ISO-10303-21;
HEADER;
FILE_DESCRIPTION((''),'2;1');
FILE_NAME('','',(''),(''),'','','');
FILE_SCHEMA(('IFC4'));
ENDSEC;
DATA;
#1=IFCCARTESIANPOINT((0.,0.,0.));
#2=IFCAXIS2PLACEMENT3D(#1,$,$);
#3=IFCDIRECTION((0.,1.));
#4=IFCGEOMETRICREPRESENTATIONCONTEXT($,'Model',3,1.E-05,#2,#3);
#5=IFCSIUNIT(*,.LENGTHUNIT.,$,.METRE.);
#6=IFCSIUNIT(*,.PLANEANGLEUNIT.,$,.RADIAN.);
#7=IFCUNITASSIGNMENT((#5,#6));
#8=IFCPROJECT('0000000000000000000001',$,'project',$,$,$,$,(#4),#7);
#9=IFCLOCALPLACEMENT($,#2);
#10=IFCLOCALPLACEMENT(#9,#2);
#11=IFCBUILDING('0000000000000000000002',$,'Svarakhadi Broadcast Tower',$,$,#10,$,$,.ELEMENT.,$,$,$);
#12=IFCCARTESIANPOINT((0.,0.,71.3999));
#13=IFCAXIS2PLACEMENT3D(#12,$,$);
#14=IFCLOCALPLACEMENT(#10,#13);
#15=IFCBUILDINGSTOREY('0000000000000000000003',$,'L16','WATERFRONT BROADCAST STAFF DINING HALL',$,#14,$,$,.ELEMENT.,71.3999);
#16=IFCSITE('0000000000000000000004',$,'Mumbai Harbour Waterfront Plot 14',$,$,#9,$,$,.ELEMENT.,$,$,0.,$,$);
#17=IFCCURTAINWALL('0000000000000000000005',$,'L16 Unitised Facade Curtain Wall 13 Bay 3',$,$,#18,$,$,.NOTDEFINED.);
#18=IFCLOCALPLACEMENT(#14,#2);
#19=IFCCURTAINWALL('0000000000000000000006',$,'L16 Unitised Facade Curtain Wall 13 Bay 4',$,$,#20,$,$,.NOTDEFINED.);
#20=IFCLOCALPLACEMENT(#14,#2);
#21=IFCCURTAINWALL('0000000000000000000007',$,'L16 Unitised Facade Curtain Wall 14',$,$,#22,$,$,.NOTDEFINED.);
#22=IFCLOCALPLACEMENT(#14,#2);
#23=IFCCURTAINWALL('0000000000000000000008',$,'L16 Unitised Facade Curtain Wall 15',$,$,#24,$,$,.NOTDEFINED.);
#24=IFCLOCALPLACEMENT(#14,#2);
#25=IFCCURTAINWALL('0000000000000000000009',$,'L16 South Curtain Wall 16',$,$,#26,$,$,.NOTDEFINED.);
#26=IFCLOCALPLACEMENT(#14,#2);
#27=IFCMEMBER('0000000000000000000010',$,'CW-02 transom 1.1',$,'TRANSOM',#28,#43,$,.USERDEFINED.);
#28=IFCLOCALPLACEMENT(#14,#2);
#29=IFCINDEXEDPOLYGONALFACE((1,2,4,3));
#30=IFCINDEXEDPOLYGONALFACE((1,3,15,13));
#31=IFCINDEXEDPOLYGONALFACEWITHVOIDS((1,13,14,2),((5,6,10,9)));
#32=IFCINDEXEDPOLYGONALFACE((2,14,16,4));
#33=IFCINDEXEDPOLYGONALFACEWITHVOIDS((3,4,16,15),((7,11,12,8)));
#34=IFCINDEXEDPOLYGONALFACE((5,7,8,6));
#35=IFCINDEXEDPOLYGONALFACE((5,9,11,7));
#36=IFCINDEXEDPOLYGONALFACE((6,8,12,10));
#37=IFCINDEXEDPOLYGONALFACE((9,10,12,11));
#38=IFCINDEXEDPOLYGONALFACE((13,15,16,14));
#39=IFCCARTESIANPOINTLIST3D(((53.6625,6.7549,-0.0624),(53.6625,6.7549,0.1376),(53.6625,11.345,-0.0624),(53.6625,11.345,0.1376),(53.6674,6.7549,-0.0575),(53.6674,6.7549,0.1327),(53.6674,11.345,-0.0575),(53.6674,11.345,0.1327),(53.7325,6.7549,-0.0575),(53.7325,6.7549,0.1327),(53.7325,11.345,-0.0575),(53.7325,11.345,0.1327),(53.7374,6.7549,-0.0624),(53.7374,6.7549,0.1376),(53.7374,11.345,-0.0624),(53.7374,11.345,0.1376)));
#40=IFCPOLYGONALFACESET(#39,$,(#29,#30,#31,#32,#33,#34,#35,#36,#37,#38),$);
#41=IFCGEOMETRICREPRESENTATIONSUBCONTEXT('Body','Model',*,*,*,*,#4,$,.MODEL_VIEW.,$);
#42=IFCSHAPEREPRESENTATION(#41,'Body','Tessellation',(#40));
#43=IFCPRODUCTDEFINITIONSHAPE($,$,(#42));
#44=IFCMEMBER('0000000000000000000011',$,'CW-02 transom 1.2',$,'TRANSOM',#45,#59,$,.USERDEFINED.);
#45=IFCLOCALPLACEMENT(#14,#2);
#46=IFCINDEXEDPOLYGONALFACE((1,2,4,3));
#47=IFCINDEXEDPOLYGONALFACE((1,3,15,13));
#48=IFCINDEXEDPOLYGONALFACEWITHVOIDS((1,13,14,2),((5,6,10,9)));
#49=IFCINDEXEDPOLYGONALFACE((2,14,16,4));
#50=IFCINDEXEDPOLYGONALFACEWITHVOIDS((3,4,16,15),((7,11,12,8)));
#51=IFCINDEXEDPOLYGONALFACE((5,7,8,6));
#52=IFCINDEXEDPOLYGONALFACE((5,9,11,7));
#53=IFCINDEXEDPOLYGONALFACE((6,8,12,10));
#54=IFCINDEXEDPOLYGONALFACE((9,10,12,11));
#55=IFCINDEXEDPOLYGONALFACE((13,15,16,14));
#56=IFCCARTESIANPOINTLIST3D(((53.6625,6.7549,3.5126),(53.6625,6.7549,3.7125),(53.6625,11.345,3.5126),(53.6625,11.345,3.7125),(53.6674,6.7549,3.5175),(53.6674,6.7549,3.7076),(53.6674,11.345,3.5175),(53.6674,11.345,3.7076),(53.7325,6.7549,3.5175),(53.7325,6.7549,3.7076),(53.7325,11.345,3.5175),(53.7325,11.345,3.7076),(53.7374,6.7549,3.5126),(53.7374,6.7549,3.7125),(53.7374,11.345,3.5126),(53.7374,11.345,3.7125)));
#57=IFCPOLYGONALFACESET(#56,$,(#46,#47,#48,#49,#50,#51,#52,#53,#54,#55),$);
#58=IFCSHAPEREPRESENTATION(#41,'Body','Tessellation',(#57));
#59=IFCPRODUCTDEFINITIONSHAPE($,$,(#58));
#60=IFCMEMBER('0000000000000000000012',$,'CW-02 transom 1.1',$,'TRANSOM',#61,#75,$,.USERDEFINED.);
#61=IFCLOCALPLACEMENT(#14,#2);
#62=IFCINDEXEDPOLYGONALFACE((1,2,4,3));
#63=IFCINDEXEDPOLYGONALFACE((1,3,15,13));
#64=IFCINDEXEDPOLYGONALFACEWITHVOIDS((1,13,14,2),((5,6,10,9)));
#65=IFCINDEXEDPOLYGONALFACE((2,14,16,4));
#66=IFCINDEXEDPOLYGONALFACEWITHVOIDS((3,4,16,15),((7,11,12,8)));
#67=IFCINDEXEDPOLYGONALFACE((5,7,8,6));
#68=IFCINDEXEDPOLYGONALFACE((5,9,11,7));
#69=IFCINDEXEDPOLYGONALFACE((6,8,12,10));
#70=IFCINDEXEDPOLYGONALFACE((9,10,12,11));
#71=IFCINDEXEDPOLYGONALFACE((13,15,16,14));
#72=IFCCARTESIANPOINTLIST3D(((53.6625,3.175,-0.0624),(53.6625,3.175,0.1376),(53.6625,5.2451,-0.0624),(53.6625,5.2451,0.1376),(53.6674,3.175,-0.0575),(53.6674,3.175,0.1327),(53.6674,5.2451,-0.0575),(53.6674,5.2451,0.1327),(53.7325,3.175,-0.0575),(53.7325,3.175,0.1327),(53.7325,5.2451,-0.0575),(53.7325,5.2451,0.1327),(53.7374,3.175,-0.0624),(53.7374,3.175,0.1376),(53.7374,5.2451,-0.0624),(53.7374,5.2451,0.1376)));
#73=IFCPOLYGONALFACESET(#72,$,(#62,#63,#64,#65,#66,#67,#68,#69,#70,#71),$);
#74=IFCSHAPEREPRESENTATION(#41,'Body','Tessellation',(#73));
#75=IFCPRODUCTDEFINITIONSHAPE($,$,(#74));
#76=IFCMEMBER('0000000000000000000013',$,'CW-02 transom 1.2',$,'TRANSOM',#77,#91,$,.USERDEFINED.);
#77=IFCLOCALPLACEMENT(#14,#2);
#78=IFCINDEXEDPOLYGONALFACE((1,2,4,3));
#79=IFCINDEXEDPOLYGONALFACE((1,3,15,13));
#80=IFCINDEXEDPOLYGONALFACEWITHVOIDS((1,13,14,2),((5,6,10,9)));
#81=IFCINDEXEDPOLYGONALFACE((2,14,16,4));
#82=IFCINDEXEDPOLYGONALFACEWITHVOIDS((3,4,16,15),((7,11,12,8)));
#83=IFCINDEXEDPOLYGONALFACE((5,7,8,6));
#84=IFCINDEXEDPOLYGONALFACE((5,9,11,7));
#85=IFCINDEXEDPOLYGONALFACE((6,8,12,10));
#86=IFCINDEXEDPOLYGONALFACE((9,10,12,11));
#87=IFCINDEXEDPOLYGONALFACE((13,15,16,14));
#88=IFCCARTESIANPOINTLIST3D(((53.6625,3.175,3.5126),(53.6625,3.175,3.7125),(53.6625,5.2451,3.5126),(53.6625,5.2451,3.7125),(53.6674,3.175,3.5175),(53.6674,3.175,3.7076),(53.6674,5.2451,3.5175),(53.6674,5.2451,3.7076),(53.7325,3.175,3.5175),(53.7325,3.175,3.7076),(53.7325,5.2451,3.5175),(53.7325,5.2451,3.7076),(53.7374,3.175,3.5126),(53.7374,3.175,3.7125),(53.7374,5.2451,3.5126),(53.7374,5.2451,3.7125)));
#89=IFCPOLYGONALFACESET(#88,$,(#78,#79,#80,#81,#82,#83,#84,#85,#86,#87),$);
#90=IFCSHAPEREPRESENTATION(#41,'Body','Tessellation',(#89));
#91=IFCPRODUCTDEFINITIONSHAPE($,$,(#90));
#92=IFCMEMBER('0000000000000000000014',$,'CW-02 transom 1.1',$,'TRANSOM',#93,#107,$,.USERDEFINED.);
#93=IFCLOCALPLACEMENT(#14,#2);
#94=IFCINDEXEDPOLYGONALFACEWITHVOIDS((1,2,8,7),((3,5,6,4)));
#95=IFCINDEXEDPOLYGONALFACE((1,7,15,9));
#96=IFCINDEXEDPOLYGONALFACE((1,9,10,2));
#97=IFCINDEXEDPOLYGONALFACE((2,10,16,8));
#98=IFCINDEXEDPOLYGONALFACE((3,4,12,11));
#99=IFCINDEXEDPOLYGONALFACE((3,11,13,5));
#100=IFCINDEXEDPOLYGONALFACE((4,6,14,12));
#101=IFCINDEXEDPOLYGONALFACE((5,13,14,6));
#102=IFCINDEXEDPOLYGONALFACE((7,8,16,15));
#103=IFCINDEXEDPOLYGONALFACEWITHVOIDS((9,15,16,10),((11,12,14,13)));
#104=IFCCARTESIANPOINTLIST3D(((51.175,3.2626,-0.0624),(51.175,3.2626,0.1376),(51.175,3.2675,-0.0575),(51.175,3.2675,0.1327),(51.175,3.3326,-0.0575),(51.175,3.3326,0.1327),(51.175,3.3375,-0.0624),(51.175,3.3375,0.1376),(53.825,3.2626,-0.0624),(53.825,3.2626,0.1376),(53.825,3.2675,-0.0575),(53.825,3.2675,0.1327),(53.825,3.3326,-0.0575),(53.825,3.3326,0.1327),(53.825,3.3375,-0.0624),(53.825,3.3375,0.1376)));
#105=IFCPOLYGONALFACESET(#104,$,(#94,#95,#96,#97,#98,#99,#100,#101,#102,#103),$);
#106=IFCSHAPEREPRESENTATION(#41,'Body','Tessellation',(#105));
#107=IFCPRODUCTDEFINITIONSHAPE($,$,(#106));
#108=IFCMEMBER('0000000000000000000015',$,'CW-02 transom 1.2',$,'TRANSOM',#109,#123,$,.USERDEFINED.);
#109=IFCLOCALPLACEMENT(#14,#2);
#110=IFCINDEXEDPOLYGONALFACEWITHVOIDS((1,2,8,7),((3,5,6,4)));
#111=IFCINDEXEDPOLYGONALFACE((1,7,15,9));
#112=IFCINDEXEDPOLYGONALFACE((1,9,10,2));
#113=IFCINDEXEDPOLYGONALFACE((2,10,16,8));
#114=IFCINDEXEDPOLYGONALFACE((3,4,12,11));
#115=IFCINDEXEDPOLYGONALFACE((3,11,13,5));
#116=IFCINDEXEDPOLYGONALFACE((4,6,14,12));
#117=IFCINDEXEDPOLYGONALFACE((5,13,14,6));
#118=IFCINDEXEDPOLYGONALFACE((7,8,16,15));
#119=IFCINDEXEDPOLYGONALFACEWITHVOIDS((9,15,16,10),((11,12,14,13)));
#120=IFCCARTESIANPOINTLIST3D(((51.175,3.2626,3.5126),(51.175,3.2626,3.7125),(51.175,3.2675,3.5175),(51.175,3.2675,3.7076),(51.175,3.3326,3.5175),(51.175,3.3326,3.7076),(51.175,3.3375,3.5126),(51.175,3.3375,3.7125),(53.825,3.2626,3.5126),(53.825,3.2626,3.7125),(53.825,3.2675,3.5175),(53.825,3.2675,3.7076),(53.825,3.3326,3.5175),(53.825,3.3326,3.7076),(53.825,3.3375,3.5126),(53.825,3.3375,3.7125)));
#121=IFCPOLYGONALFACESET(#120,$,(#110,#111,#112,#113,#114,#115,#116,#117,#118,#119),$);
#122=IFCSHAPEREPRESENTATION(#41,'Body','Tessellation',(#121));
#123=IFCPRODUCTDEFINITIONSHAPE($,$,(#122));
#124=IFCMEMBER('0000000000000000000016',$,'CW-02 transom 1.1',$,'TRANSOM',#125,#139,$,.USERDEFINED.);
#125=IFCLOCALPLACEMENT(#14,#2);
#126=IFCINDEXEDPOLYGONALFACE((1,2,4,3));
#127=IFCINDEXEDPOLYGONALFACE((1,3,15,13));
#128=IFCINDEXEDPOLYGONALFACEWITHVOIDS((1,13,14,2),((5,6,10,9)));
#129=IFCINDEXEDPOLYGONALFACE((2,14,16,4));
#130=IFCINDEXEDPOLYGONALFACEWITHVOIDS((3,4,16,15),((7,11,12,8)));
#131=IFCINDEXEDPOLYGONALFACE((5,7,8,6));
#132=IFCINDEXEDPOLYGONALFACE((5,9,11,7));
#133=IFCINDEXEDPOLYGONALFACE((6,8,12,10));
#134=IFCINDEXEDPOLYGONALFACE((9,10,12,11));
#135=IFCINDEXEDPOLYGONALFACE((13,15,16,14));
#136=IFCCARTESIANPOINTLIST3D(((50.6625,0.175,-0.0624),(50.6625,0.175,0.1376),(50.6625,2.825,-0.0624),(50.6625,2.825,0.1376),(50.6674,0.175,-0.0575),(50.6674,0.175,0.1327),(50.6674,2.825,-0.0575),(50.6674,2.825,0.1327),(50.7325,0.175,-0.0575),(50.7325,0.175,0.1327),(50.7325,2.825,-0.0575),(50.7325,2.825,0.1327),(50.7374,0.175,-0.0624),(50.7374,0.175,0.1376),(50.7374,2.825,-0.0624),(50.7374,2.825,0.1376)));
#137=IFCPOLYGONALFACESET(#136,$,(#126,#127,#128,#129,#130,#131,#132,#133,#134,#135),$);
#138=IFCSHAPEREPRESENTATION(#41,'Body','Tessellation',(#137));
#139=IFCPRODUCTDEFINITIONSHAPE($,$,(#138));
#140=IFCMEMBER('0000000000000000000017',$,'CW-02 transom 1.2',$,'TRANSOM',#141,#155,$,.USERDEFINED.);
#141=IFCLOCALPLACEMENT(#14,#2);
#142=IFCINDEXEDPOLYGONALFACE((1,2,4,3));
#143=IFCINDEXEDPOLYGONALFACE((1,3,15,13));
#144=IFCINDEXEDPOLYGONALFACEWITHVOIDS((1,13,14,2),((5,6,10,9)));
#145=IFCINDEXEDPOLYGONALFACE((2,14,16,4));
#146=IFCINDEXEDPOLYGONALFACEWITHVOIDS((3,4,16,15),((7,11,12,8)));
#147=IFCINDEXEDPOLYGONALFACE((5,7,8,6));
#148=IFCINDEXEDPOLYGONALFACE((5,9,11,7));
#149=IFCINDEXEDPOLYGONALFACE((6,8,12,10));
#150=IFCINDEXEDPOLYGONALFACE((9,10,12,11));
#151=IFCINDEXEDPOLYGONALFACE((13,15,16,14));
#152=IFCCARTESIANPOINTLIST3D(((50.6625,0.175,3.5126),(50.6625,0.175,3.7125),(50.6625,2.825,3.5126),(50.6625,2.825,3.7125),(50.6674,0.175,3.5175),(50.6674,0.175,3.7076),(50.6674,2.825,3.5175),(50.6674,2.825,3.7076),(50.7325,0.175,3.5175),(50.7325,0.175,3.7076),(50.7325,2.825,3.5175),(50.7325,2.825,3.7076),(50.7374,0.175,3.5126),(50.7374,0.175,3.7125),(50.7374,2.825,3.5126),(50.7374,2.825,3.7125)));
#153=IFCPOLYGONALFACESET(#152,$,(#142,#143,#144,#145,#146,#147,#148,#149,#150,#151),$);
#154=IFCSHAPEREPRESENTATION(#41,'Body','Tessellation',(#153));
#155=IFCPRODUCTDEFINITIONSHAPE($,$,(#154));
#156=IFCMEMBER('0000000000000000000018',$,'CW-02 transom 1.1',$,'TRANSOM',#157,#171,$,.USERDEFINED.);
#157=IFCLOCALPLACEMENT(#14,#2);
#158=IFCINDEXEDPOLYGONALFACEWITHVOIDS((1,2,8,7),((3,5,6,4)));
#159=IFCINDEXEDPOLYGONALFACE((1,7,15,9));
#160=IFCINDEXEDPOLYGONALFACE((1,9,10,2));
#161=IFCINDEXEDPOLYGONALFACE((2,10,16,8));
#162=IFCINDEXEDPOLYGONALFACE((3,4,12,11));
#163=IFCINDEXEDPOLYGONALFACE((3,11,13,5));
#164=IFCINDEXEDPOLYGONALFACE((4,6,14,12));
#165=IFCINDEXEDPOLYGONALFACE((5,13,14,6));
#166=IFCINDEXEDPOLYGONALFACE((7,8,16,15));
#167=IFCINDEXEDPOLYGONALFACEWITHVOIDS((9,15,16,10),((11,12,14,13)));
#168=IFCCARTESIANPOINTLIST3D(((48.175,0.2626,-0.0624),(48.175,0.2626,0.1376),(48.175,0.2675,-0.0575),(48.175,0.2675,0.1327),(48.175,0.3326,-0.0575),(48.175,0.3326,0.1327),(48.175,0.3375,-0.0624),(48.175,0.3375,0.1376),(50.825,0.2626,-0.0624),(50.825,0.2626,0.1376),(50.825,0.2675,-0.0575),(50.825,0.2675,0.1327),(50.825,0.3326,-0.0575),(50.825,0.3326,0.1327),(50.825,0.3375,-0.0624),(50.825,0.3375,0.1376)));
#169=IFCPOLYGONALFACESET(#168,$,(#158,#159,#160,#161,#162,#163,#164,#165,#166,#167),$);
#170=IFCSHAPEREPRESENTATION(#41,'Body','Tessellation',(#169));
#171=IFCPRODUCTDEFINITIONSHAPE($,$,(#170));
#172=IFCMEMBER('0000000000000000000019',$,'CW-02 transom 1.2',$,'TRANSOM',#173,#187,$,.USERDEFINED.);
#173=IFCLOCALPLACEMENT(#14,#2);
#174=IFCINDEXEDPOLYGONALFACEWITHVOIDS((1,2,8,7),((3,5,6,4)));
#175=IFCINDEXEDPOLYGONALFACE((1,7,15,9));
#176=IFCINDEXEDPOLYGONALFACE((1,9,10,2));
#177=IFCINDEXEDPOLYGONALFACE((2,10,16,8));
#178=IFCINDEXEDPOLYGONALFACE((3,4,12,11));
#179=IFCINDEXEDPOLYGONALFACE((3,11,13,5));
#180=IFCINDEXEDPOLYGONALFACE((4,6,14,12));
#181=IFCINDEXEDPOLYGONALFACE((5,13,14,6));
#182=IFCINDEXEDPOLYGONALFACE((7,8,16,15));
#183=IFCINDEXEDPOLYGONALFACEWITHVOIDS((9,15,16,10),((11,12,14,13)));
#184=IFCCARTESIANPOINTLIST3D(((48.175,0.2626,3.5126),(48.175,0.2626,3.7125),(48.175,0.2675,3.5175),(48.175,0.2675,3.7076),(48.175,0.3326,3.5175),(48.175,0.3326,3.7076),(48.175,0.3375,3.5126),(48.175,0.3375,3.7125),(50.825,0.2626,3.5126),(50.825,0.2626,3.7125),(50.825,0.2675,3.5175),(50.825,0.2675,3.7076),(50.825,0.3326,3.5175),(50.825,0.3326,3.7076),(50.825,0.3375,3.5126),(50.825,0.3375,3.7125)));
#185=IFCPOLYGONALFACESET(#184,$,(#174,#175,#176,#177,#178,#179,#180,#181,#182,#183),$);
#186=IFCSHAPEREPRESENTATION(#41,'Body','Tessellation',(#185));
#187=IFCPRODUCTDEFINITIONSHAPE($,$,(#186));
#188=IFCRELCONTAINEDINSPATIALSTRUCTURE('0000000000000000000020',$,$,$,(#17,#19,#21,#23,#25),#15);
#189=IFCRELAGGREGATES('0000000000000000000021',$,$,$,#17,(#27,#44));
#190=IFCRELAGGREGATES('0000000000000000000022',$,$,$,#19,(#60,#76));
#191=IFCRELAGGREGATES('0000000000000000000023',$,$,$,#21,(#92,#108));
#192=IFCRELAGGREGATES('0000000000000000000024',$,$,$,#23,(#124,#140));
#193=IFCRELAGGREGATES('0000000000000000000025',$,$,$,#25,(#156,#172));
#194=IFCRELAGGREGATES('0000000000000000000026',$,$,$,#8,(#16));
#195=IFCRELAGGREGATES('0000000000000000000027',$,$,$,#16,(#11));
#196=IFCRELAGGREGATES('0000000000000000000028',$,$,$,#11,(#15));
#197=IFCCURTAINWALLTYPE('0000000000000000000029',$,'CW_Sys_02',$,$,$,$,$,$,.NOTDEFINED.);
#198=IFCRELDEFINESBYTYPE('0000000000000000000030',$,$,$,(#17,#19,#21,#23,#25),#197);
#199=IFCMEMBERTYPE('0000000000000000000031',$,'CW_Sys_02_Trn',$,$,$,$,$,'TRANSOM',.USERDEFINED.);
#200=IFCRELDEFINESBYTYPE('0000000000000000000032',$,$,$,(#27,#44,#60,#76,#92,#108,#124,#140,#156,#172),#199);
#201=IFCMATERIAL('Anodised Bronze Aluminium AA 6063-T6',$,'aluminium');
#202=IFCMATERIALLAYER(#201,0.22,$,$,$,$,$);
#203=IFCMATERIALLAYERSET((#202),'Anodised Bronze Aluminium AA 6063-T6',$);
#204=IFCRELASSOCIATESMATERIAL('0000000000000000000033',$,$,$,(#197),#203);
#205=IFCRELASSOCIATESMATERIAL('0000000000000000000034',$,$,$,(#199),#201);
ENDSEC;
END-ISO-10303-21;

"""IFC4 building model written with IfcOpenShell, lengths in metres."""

from ifc_helpers import new_model, si_unit, direction, frame, origin, origin_2d, place, context, subcontext, project, spatial, hollow_rectangle, extrude, material, layer, layer_set, material_profile, profile_set, type_object, element, aggregate, save


model = new_model("IFC4")

# Units and contexts
model_context = context("Model", 3, precision=1e-05, world=origin(), true_north=direction((0.0, 1.0)))
body_context = subcontext(model_context, "Body", "Model", "MODEL_VIEW")
ifc_project = project(units=[si_unit("LENGTHUNIT", "METRE"), si_unit("PLANEANGLEUNIT", "RADIAN")], contexts=[model_context])

# Site, building, storey
site_placement = place(None, origin())
site = spatial("IfcSite", under=ifc_project, at=site_placement, Name="Mumbai Harbour Waterfront Plot 14", CompositionType="ELEMENT", RefElevation=0.0)
building_placement = place(site_placement, origin())
building = spatial("IfcBuilding", under=site, at=building_placement, Name="Svarakhadi Broadcast Tower", CompositionType="ELEMENT")
storey_placement = place(building_placement, frame((0.0, 0.0, 71.3999)))
storey = spatial("IfcBuildingStorey", under=building, at=storey_placement, Name="L16", Description="WATERFRONT BROADCAST STAFF DINING HALL", CompositionType="ELEMENT", Elevation=71.3999)

# Curtain walls
ifc_material_1 = material(Name="Anodised Bronze Aluminium AA 6063-T6", Category="aluminium")
ifc_layer_1 = layer(ifc_material_1, 0.22)
ifc_layer_set_1 = layer_set([ifc_layer_1], Name="Anodised Bronze Aluminium AA 6063-T6")
curtain_wall_type = type_object("IfcCurtainWallType", Name="CW_Sys_02", PredefinedType="NOTDEFINED", material=ifc_layer_set_1)
curtain_wall_1_placement = place(storey_placement, origin())
curtain_wall_1 = element("IfcCurtainWall", 1, at=curtain_wall_1_placement, inside=storey, type_object=curtain_wall_type, Name="L16 Unitised Facade Curtain Wall 13 Bay 3", PredefinedType="NOTDEFINED")
curtain_wall_2_placement = place(storey_placement, origin())
curtain_wall_2 = element("IfcCurtainWall", 2, at=curtain_wall_2_placement, inside=storey, type_object=curtain_wall_type, Name="L16 Unitised Facade Curtain Wall 13 Bay 4", PredefinedType="NOTDEFINED")
curtain_wall_3_placement = place(storey_placement, origin())
curtain_wall_3 = element("IfcCurtainWall", 3, at=curtain_wall_3_placement, inside=storey, type_object=curtain_wall_type, Name="L16 Unitised Facade Curtain Wall 14", PredefinedType="NOTDEFINED")
curtain_wall_4_placement = place(storey_placement, origin())
curtain_wall_4 = element("IfcCurtainWall", 4, at=curtain_wall_4_placement, inside=storey, type_object=curtain_wall_type, Name="L16 Unitised Facade Curtain Wall 15", PredefinedType="NOTDEFINED")
curtain_wall_5_placement = place(storey_placement, origin())
curtain_wall_5 = element("IfcCurtainWall", 5, at=curtain_wall_5_placement, inside=storey, type_object=curtain_wall_type, Name="L16 South Curtain Wall 16", PredefinedType="NOTDEFINED")

# Members
ifc_material_profile_1 = material_profile(ifc_material_1, hollow_rectangle(XDim=0.075, YDim=0.2, WallThickness=0.0049, at=origin_2d()), Name="ALU TRANSOM 200x75x5")
ifc_profile_set_1 = profile_set([ifc_material_profile_1], Name="Anodised Bronze Aluminium AA 6063-T6")
member_type_1 = type_object("IfcMemberType", Name="CW_Sys_02_Trn", ElementType="TRANSOM", PredefinedType="USERDEFINED", material=ifc_profile_set_1)
member_1_placement = place(storey_placement, frame((53.7, 11.345, 0.0376), z_axis=(0.0, -1.0, 0.0), x_axis=(1.0, 0.0, 0.0)))
member_1 = element("IfcMember", 6, at=member_1_placement, type_object=member_type_1, Name="CW-02 transom 1.1", ObjectType="TRANSOM", PredefinedType="USERDEFINED", context=body_context, shape_type="SweptSolid", body=[
    extrude(hollow_rectangle(XDim=0.075, YDim=0.2, WallThickness=0.0049, at=origin_2d()), origin(), (0.0, 0.0, 1.0), 4.5901),
])
member_2_placement = place(storey_placement, frame((53.7, 11.345, 3.6125), z_axis=(0.0, -1.0, 0.0), x_axis=(1.0, 0.0, 0.0)))
member_2 = element("IfcMember", 7, at=member_2_placement, type_object=member_type_1, Name="CW-02 transom 1.2", ObjectType="TRANSOM", PredefinedType="USERDEFINED", context=body_context, shape_type="SweptSolid", body=[
    extrude(hollow_rectangle(XDim=0.075, YDim=0.2, WallThickness=0.0049, at=origin_2d()), origin(), (0.0, 0.0, 1.0), 4.5901),
])
member_3_placement = place(storey_placement, frame((53.7, 5.2451, 0.0376), z_axis=(0.0, -1.0, 0.0), x_axis=(1.0, 0.0, 0.0)))
member_3 = element("IfcMember", 8, at=member_3_placement, type_object=member_type_1, Name="CW-02 transom 1.1", ObjectType="TRANSOM", PredefinedType="USERDEFINED", context=body_context, shape_type="SweptSolid", body=[
    extrude(hollow_rectangle(XDim=0.075, YDim=0.2, WallThickness=0.0049, at=origin_2d()), origin(), (0.0, 0.0, 1.0), 2.0701),
])
member_4_placement = place(storey_placement, frame((53.7, 5.2451, 3.6125), z_axis=(0.0, -1.0, 0.0), x_axis=(1.0, 0.0, 0.0)))
member_4 = element("IfcMember", 9, at=member_4_placement, type_object=member_type_1, Name="CW-02 transom 1.2", ObjectType="TRANSOM", PredefinedType="USERDEFINED", context=body_context, shape_type="SweptSolid", body=[
    extrude(hollow_rectangle(XDim=0.075, YDim=0.2, WallThickness=0.0049, at=origin_2d()), origin(), (0.0, 0.0, 1.0), 2.0701),
])
member_5_placement = place(storey_placement, frame((53.825, 3.3, 0.0376), z_axis=(-1.0, 0.0, 0.0), x_axis=(0.0, -1.0, 0.0)))
member_5 = element("IfcMember", 10, at=member_5_placement, type_object=member_type_1, Name="CW-02 transom 1.1", ObjectType="TRANSOM", PredefinedType="USERDEFINED", context=body_context, shape_type="SweptSolid", body=[
    extrude(hollow_rectangle(XDim=0.075, YDim=0.2, WallThickness=0.0049, at=origin_2d()), origin(), (0.0, 0.0, 1.0), 2.6499),
])
member_6_placement = place(storey_placement, frame((53.825, 3.3, 3.6125), z_axis=(-1.0, 0.0, 0.0), x_axis=(0.0, -1.0, 0.0)))
member_6 = element("IfcMember", 11, at=member_6_placement, type_object=member_type_1, Name="CW-02 transom 1.2", ObjectType="TRANSOM", PredefinedType="USERDEFINED", context=body_context, shape_type="SweptSolid", body=[
    extrude(hollow_rectangle(XDim=0.075, YDim=0.2, WallThickness=0.0049, at=origin_2d()), origin(), (0.0, 0.0, 1.0), 2.6499),
])
member_7_placement = place(storey_placement, frame((50.7, 2.825, 0.0376), z_axis=(0.0, -1.0, 0.0), x_axis=(1.0, 0.0, 0.0)))
member_7 = element("IfcMember", 12, at=member_7_placement, type_object=member_type_1, Name="CW-02 transom 1.1", ObjectType="TRANSOM", PredefinedType="USERDEFINED", context=body_context, shape_type="SweptSolid", body=[
    extrude(hollow_rectangle(XDim=0.075, YDim=0.2, WallThickness=0.0049, at=origin_2d()), origin(), (0.0, 0.0, 1.0), 2.6499),
])
member_8_placement = place(storey_placement, frame((50.7, 2.825, 3.6125), z_axis=(0.0, -1.0, 0.0), x_axis=(1.0, 0.0, 0.0)))
member_8 = element("IfcMember", 13, at=member_8_placement, type_object=member_type_1, Name="CW-02 transom 1.2", ObjectType="TRANSOM", PredefinedType="USERDEFINED", context=body_context, shape_type="SweptSolid", body=[
    extrude(hollow_rectangle(XDim=0.075, YDim=0.2, WallThickness=0.0049, at=origin_2d()), origin(), (0.0, 0.0, 1.0), 2.6499),
])
member_9_placement = place(storey_placement, frame((50.825, 0.3, 0.0376), z_axis=(-1.0, 0.0, 0.0), x_axis=(0.0, -1.0, 0.0)))
member_9 = element("IfcMember", 14, at=member_9_placement, type_object=member_type_1, Name="CW-02 transom 1.1", ObjectType="TRANSOM", PredefinedType="USERDEFINED", context=body_context, shape_type="SweptSolid", body=[
    extrude(hollow_rectangle(XDim=0.075, YDim=0.2, WallThickness=0.0049, at=origin_2d()), origin(), (0.0, 0.0, 1.0), 2.6499),
])
member_10_placement = place(storey_placement, frame((50.825, 0.3, 3.6125), z_axis=(-1.0, 0.0, 0.0), x_axis=(0.0, -1.0, 0.0)))
member_10 = element("IfcMember", 15, at=member_10_placement, type_object=member_type_1, Name="CW-02 transom 1.2", ObjectType="TRANSOM", PredefinedType="USERDEFINED", context=body_context, shape_type="SweptSolid", body=[
    extrude(hollow_rectangle(XDim=0.075, YDim=0.2, WallThickness=0.0049, at=origin_2d()), origin(), (0.0, 0.0, 1.0), 2.6499),
])

aggregate(curtain_wall_1, [member_1, member_2])
aggregate(curtain_wall_2, [member_3, member_4])
aggregate(curtain_wall_3, [member_5, member_6])
aggregate(curtain_wall_4, [member_7, member_8])
aggregate(curtain_wall_5, [member_9, member_10])

save(model, "model.ifc")
